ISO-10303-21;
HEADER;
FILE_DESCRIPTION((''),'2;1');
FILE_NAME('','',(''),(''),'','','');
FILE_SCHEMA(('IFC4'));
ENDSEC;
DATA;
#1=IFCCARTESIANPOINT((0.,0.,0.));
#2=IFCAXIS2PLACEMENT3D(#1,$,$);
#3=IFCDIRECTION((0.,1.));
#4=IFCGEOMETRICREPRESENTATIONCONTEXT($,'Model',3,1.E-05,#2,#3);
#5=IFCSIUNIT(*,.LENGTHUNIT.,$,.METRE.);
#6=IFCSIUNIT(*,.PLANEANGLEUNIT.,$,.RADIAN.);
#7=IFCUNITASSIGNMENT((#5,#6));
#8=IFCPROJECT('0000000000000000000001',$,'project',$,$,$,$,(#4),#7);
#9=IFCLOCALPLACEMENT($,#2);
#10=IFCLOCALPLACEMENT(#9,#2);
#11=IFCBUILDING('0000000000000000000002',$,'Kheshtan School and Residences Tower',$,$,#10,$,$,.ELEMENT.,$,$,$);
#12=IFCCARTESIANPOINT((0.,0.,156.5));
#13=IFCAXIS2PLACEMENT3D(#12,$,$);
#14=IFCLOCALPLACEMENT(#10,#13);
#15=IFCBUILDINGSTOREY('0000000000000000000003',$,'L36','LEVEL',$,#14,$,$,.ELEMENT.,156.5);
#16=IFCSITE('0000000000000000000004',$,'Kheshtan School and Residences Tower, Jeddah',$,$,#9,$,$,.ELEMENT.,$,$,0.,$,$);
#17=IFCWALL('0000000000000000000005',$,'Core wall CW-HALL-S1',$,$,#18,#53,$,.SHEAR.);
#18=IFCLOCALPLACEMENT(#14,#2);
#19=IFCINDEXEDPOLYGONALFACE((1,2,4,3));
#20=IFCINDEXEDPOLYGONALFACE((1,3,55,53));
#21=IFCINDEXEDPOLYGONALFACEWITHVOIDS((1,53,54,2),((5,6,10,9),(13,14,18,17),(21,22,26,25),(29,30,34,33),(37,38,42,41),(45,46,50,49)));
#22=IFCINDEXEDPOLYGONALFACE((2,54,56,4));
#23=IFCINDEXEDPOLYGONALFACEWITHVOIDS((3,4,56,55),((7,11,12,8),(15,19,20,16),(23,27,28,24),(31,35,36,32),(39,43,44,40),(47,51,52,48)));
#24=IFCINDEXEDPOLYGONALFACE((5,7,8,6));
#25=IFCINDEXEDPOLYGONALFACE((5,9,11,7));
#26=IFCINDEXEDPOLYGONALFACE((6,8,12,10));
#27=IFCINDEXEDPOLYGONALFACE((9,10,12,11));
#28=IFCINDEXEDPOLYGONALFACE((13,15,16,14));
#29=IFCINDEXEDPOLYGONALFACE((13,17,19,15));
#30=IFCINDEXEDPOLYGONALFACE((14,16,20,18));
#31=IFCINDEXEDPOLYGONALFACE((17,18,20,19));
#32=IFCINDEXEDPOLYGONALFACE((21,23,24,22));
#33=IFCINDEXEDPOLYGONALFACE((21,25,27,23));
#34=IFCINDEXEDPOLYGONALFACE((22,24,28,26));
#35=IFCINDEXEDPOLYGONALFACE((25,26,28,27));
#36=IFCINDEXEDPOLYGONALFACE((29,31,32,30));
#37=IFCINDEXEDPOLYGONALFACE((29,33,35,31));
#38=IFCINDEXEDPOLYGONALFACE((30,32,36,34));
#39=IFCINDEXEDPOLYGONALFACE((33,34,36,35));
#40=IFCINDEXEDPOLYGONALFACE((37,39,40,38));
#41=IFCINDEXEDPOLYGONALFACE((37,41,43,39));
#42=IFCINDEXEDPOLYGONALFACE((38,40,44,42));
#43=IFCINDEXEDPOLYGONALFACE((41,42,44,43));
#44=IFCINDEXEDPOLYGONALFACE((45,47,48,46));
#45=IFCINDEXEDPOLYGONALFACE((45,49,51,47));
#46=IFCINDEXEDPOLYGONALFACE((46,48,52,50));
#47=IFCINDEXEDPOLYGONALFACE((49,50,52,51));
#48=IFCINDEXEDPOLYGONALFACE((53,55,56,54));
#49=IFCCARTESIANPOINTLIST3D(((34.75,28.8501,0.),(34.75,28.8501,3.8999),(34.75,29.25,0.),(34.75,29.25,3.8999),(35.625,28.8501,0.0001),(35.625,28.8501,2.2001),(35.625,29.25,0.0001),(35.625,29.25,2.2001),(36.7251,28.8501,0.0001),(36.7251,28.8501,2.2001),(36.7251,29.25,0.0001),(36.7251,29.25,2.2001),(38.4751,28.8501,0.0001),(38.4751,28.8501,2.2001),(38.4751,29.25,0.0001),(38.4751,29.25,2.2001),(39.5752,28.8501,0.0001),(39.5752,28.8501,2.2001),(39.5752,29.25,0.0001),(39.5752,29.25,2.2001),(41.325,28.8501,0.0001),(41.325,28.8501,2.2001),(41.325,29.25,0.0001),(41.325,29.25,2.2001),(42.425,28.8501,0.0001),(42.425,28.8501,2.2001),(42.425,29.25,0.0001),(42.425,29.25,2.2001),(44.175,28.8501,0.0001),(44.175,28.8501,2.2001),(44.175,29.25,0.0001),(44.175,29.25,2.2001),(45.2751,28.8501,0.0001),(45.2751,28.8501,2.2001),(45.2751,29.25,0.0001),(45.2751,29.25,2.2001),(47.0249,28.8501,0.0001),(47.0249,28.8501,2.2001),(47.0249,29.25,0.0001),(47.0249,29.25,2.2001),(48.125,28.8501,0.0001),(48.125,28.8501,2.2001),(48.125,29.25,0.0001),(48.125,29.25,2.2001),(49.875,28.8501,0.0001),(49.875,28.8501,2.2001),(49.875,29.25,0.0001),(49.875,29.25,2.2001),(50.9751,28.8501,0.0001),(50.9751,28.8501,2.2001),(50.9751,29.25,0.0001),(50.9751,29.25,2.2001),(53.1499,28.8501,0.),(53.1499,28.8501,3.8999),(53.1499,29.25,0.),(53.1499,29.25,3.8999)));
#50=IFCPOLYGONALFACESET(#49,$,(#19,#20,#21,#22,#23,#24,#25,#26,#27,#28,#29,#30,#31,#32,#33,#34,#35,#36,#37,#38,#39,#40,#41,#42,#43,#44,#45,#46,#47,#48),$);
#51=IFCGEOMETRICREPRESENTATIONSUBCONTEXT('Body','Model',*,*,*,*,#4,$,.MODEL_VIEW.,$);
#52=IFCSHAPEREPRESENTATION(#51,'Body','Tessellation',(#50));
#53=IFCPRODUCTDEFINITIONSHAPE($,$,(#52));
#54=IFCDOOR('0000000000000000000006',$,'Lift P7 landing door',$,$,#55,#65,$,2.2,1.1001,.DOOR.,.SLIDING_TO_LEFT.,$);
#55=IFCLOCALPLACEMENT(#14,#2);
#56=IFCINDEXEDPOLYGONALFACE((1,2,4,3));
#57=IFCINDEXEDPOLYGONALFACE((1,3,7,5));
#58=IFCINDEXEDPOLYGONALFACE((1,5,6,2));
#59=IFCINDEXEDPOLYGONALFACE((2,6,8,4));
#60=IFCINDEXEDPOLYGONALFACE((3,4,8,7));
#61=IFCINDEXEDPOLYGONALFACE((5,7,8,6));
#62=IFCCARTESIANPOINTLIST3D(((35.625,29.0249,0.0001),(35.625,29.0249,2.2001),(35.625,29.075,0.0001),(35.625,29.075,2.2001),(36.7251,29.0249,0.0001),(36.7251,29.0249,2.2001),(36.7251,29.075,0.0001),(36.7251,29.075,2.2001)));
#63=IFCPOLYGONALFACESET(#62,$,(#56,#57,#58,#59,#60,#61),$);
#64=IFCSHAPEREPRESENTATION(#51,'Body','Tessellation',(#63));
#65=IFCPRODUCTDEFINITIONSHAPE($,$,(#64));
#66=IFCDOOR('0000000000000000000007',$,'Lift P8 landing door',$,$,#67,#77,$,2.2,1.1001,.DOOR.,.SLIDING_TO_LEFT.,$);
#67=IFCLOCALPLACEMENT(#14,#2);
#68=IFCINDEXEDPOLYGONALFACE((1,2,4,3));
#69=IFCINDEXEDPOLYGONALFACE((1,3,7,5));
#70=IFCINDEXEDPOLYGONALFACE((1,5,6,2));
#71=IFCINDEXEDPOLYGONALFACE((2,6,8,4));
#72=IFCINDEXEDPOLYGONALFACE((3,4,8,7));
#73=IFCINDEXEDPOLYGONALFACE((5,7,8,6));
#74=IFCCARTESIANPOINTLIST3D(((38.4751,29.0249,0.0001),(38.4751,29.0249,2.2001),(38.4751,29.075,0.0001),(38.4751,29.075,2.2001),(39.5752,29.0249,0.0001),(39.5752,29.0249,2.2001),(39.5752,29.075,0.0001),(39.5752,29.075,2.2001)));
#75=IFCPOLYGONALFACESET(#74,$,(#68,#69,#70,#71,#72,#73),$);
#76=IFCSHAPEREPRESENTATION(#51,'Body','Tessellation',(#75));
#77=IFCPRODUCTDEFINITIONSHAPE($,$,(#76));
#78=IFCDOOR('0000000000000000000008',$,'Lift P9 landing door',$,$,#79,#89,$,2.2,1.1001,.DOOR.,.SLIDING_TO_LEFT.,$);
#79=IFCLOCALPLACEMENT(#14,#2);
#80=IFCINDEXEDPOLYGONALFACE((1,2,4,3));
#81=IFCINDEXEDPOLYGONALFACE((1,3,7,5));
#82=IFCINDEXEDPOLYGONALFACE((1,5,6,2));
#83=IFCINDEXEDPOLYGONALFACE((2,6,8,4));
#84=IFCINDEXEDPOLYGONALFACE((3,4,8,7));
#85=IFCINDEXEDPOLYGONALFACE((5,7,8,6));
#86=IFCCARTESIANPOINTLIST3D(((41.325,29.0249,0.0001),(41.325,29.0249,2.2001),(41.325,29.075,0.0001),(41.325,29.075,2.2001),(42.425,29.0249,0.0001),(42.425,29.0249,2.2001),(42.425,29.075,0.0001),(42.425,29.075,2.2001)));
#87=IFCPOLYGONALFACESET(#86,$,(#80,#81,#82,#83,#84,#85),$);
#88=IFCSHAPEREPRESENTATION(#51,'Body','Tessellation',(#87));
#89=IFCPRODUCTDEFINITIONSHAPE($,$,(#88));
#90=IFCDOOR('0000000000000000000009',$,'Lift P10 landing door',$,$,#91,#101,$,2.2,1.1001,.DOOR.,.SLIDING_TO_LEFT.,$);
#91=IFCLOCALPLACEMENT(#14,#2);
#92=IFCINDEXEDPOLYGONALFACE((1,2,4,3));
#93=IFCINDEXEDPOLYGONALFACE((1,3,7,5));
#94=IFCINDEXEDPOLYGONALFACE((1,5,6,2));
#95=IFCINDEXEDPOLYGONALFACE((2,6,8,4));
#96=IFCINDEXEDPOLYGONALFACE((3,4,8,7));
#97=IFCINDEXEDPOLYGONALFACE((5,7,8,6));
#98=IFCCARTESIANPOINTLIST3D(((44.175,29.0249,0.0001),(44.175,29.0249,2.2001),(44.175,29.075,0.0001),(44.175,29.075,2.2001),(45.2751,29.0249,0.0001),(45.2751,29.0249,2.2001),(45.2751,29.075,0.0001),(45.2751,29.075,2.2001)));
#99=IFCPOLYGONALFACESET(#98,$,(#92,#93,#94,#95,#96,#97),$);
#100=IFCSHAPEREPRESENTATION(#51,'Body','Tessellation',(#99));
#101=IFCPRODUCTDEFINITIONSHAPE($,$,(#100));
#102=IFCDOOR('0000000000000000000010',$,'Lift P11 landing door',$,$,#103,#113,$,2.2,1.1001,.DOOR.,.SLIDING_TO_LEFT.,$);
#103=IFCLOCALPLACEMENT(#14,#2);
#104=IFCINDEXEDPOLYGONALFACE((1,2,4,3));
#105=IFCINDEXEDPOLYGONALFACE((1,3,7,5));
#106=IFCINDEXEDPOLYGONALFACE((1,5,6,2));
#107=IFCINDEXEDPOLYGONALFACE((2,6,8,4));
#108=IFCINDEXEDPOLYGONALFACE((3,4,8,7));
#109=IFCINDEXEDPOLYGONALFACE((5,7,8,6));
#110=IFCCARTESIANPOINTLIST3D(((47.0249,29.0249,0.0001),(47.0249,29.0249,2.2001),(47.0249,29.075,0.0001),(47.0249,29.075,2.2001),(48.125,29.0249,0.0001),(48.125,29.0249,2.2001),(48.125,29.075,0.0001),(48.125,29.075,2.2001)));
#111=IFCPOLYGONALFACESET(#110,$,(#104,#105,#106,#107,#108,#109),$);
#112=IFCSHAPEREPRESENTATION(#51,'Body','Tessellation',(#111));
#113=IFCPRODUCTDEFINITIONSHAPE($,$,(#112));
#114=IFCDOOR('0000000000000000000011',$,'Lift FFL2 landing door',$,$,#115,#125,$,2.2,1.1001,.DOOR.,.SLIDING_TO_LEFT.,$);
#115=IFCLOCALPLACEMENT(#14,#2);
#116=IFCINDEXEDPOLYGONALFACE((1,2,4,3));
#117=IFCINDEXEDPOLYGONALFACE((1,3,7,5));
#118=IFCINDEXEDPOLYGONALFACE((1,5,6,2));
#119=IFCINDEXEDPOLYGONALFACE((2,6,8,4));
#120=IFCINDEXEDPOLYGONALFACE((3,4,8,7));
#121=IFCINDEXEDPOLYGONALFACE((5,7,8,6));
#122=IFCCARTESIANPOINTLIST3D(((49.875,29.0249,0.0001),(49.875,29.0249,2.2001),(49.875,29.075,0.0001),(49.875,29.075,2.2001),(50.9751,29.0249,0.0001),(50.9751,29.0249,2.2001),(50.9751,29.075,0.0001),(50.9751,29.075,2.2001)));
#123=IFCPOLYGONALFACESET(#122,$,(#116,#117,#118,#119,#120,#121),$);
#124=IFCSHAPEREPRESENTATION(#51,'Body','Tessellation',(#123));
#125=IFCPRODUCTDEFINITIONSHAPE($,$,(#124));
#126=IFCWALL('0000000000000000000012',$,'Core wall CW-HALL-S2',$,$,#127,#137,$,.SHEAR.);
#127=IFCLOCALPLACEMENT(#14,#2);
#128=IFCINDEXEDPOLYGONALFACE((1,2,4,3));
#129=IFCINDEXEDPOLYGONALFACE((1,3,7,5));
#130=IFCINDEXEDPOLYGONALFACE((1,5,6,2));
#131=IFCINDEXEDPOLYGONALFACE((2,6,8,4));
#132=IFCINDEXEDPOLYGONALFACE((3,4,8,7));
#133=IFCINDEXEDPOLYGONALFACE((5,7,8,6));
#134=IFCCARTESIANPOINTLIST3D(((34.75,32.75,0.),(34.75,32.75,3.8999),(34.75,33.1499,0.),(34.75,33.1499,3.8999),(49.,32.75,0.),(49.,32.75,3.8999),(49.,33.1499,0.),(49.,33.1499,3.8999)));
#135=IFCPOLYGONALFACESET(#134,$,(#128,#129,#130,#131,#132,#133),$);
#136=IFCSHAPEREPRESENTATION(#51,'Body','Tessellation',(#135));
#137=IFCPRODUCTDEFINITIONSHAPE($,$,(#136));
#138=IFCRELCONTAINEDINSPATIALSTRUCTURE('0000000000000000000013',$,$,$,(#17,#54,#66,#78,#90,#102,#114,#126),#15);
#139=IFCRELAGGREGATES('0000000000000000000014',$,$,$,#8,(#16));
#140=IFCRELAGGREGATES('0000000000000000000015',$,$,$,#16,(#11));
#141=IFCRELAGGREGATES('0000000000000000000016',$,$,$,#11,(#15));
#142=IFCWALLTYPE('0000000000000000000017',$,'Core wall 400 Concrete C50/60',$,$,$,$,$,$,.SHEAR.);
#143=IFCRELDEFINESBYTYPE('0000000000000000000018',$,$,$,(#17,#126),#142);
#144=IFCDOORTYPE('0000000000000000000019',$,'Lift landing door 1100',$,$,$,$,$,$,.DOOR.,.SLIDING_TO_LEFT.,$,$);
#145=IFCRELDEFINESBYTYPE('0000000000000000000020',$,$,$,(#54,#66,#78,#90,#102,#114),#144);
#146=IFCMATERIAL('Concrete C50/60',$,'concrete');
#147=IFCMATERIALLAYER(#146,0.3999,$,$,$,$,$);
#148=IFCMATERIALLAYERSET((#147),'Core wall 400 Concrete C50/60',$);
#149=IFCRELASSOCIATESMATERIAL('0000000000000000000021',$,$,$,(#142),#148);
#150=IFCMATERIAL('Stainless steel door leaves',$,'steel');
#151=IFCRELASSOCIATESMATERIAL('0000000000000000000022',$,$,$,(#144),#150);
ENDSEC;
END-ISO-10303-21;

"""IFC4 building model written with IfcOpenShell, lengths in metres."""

from ifc_helpers import new_model, si_unit, direction, frame, frame_2d, origin, place, context, subcontext, project, spatial, rectangle, extrude, source, transform, mapped, material, layer, layer_set, type_object, element, fill, save


model = new_model("IFC4")

# Units and contexts
model_context = context("Model", 3, precision=1e-05, world=origin(), true_north=direction((0.0, 1.0)))
body_context = subcontext(model_context, "Body", "Model", "MODEL_VIEW")
ifc_project = project(units=[si_unit("LENGTHUNIT", "METRE"), si_unit("PLANEANGLEUNIT", "RADIAN")], contexts=[model_context])

# Site, building, storey
site_placement = place(None, origin())
site = spatial("IfcSite", under=ifc_project, at=site_placement, Name="Kheshtan School and Residences Tower, Jeddah", CompositionType="ELEMENT", RefElevation=0.0)
building_placement = place(site_placement, origin())
building = spatial("IfcBuilding", under=site, at=building_placement, Name="Kheshtan School and Residences Tower", CompositionType="ELEMENT")
storey_placement = place(building_placement, frame((0.0, 0.0, 156.5)))
storey = spatial("IfcBuildingStorey", under=building, at=storey_placement, Name="L36", Description="LEVEL", CompositionType="ELEMENT", Elevation=156.5)

# Wall, openings, doors
ifc_material_1 = material(Name="Concrete C50/60", Category="concrete")
ifc_layer_1 = layer(ifc_material_1, 0.3999)
ifc_layer_set_1 = layer_set([ifc_layer_1], Name="Core wall 400 Concrete C50/60")
wall_type_1 = type_object("IfcWallType", Name="Core wall 400 Concrete C50/60", PredefinedType="SHEAR", material=ifc_layer_set_1)
wall_1_placement = place(storey_placement, frame((34.75, 29.05, 0.0), z_axis=(0.0, 0.0, 1.0), x_axis=(1.0, 0.0, 0.0)))
wall_1 = element("IfcWall", 1, at=wall_1_placement, inside=storey, type_object=wall_type_1, Name="Core wall CW-HALL-S1", PredefinedType="SHEAR", context=body_context, shape_type="SweptSolid", body=[
    extrude(rectangle(XDim=18.3999, YDim=0.3999, at=frame_2d((9.2, 0.0))), origin(), (0.0, 0.0, 1.0), 3.8999),
])
opening_1_placement = place(wall_1_placement, frame((0.875, 0.0, 0.0)))
opening_1 = element("IfcOpeningElement", 2, at=opening_1_placement, cuts=wall_1, PredefinedType="OPENING", context=body_context, shape_type="SweptSolid", body=[
    extrude(rectangle(XDim=1.1001, YDim=2.2, at=frame_2d((0.55, 1.1001))), frame((0.0, 0.21, 0.0), z_axis=(0.0, -1.0, 0.0), x_axis=(1.0, 0.0, 0.0)), (0.0, 0.0, 1.0), 0.4199),
])
opening_2_placement = place(wall_1_placement, frame((3.7251, 0.0, 0.0)))
opening_2 = element("IfcOpeningElement", 3, at=opening_2_placement, cuts=wall_1, PredefinedType="OPENING", context=body_context, shape_type="SweptSolid", body=[
    extrude(rectangle(XDim=1.1001, YDim=2.2, at=frame_2d((0.55, 1.1001))), frame((0.0, 0.21, 0.0), z_axis=(0.0, -1.0, 0.0), x_axis=(1.0, 0.0, 0.0)), (0.0, 0.0, 1.0), 0.4199),
])
opening_3_placement = place(wall_1_placement, frame((6.575, 0.0, 0.0)))
opening_3 = element("IfcOpeningElement", 4, at=opening_3_placement, cuts=wall_1, PredefinedType="OPENING", context=body_context, shape_type="SweptSolid", body=[
    extrude(rectangle(XDim=1.1001, YDim=2.2, at=frame_2d((0.55, 1.1001))), frame((0.0, 0.21, 0.0), z_axis=(0.0, -1.0, 0.0), x_axis=(1.0, 0.0, 0.0)), (0.0, 0.0, 1.0), 0.4199),
])
opening_4_placement = place(wall_1_placement, frame((9.425, 0.0, 0.0)))
opening_4 = element("IfcOpeningElement", 5, at=opening_4_placement, cuts=wall_1, PredefinedType="OPENING", context=body_context, shape_type="SweptSolid", body=[
    extrude(rectangle(XDim=1.1001, YDim=2.2, at=frame_2d((0.55, 1.1001))), frame((0.0, 0.21, 0.0), z_axis=(0.0, -1.0, 0.0), x_axis=(1.0, 0.0, 0.0)), (0.0, 0.0, 1.0), 0.4199),
])
opening_5_placement = place(wall_1_placement, frame((12.2749, 0.0, 0.0)))
opening_5 = element("IfcOpeningElement", 6, at=opening_5_placement, cuts=wall_1, PredefinedType="OPENING", context=body_context, shape_type="SweptSolid", body=[
    extrude(rectangle(XDim=1.1001, YDim=2.2, at=frame_2d((0.55, 1.1001))), frame((0.0, 0.21, 0.0), z_axis=(0.0, -1.0, 0.0), x_axis=(1.0, 0.0, 0.0)), (0.0, 0.0, 1.0), 0.4199),
])
opening_6_placement = place(wall_1_placement, frame((15.125, 0.0, 0.0)))
opening_6 = element("IfcOpeningElement", 7, at=opening_6_placement, cuts=wall_1, PredefinedType="OPENING", context=body_context, shape_type="SweptSolid", body=[
    extrude(rectangle(XDim=1.1001, YDim=2.2, at=frame_2d((0.55, 1.1001))), frame((0.0, 0.21, 0.0), z_axis=(0.0, -1.0, 0.0), x_axis=(1.0, 0.0, 0.0)), (0.0, 0.0, 1.0), 0.4199),
])
ifc_material_2 = material(Name="Stainless steel door leaves", Category="steel")
door_type_1 = type_object("IfcDoorType", Name="Lift landing door 1100", OperationType="SLIDING_TO_LEFT", PredefinedType="DOOR", material=ifc_material_2)
shared_shape_1 = source(origin(), body_context, "Body", "SweptSolid", [
    extrude(rectangle(XDim=1.1001, YDim=2.2, at=frame_2d((0.55, 1.1001))), frame((0.0, 0.0249, 0.0), z_axis=(0.0, -1.0, 0.0), x_axis=(1.0, 0.0, 0.0)), (0.0, 0.0, 1.0), 0.05),
])
door_1_placement = place(opening_1_placement, origin())
door_1 = element("IfcDoor", 8, at=door_1_placement, inside=storey, type_object=door_type_1, Name="Lift P7 landing door", OperationType="SLIDING_TO_LEFT", OverallHeight=2.2, OverallWidth=1.1001, PredefinedType="DOOR", context=body_context, shape_type="MappedRepresentation", body=[
    mapped(shared_shape_1, transform((0.0, 0.0, 0.0), x_axis=(1.0, 0.0, 0.0), y_axis=(0.0, 1.0, 0.0), z_axis=(0.0, 0.0, 1.0), scale=1.0)),
])
fill(opening_1, door_1)
door_2_placement = place(opening_2_placement, origin())
door_2 = element("IfcDoor", 9, at=door_2_placement, inside=storey, type_object=door_type_1, Name="Lift P8 landing door", OperationType="SLIDING_TO_LEFT", OverallHeight=2.2, OverallWidth=1.1001, PredefinedType="DOOR", context=body_context, shape_type="MappedRepresentation", body=[
    mapped(shared_shape_1, transform((0.0, 0.0, 0.0), x_axis=(1.0, 0.0, 0.0), y_axis=(0.0, 1.0, 0.0), z_axis=(0.0, 0.0, 1.0), scale=1.0)),
])
fill(opening_2, door_2)
door_3_placement = place(opening_3_placement, origin())
door_3 = element("IfcDoor", 10, at=door_3_placement, inside=storey, type_object=door_type_1, Name="Lift P9 landing door", OperationType="SLIDING_TO_LEFT", OverallHeight=2.2, OverallWidth=1.1001, PredefinedType="DOOR", context=body_context, shape_type="MappedRepresentation", body=[
    mapped(shared_shape_1, transform((0.0, 0.0, 0.0), x_axis=(1.0, 0.0, 0.0), y_axis=(0.0, 1.0, 0.0), z_axis=(0.0, 0.0, 1.0), scale=1.0)),
])
fill(opening_3, door_3)
door_4_placement = place(opening_4_placement, origin())
door_4 = element("IfcDoor", 11, at=door_4_placement, inside=storey, type_object=door_type_1, Name="Lift P10 landing door", OperationType="SLIDING_TO_LEFT", OverallHeight=2.2, OverallWidth=1.1001, PredefinedType="DOOR", context=body_context, shape_type="MappedRepresentation", body=[
    mapped(shared_shape_1, transform((0.0, 0.0, 0.0), x_axis=(1.0, 0.0, 0.0), y_axis=(0.0, 1.0, 0.0), z_axis=(0.0, 0.0, 1.0), scale=1.0)),
])
fill(opening_4, door_4)
door_5_placement = place(opening_5_placement, origin())
door_5 = element("IfcDoor", 12, at=door_5_placement, inside=storey, type_object=door_type_1, Name="Lift P11 landing door", OperationType="SLIDING_TO_LEFT", OverallHeight=2.2, OverallWidth=1.1001, PredefinedType="DOOR", context=body_context, shape_type="MappedRepresentation", body=[
    mapped(shared_shape_1, transform((0.0, 0.0, 0.0), x_axis=(1.0, 0.0, 0.0), y_axis=(0.0, 1.0, 0.0), z_axis=(0.0, 0.0, 1.0), scale=1.0)),
])
fill(opening_5, door_5)
door_6_placement = place(opening_6_placement, origin())
door_6 = element("IfcDoor", 13, at=door_6_placement, inside=storey, type_object=door_type_1, Name="Lift FFL2 landing door", OperationType="SLIDING_TO_LEFT", OverallHeight=2.2, OverallWidth=1.1001, PredefinedType="DOOR", context=body_context, shape_type="MappedRepresentation", body=[
    mapped(shared_shape_1, transform((0.0, 0.0, 0.0), x_axis=(1.0, 0.0, 0.0), y_axis=(0.0, 1.0, 0.0), z_axis=(0.0, 0.0, 1.0), scale=1.0)),
])
fill(opening_6, door_6)

# Wall
wall_2_placement = place(storey_placement, frame((34.75, 32.95, 0.0), z_axis=(0.0, 0.0, 1.0), x_axis=(1.0, 0.0, 0.0)))
element("IfcWall", 14, at=wall_2_placement, inside=storey, type_object=wall_type_1, Name="Core wall CW-HALL-S2", PredefinedType="SHEAR", context=body_context, shape_type="SweptSolid", body=[
    extrude(rectangle(XDim=14.25, YDim=0.3999, at=frame_2d((7.125, 0.0))), origin(), (0.0, 0.0, 1.0), 3.8999),
])

save(model, "model.ifc")
